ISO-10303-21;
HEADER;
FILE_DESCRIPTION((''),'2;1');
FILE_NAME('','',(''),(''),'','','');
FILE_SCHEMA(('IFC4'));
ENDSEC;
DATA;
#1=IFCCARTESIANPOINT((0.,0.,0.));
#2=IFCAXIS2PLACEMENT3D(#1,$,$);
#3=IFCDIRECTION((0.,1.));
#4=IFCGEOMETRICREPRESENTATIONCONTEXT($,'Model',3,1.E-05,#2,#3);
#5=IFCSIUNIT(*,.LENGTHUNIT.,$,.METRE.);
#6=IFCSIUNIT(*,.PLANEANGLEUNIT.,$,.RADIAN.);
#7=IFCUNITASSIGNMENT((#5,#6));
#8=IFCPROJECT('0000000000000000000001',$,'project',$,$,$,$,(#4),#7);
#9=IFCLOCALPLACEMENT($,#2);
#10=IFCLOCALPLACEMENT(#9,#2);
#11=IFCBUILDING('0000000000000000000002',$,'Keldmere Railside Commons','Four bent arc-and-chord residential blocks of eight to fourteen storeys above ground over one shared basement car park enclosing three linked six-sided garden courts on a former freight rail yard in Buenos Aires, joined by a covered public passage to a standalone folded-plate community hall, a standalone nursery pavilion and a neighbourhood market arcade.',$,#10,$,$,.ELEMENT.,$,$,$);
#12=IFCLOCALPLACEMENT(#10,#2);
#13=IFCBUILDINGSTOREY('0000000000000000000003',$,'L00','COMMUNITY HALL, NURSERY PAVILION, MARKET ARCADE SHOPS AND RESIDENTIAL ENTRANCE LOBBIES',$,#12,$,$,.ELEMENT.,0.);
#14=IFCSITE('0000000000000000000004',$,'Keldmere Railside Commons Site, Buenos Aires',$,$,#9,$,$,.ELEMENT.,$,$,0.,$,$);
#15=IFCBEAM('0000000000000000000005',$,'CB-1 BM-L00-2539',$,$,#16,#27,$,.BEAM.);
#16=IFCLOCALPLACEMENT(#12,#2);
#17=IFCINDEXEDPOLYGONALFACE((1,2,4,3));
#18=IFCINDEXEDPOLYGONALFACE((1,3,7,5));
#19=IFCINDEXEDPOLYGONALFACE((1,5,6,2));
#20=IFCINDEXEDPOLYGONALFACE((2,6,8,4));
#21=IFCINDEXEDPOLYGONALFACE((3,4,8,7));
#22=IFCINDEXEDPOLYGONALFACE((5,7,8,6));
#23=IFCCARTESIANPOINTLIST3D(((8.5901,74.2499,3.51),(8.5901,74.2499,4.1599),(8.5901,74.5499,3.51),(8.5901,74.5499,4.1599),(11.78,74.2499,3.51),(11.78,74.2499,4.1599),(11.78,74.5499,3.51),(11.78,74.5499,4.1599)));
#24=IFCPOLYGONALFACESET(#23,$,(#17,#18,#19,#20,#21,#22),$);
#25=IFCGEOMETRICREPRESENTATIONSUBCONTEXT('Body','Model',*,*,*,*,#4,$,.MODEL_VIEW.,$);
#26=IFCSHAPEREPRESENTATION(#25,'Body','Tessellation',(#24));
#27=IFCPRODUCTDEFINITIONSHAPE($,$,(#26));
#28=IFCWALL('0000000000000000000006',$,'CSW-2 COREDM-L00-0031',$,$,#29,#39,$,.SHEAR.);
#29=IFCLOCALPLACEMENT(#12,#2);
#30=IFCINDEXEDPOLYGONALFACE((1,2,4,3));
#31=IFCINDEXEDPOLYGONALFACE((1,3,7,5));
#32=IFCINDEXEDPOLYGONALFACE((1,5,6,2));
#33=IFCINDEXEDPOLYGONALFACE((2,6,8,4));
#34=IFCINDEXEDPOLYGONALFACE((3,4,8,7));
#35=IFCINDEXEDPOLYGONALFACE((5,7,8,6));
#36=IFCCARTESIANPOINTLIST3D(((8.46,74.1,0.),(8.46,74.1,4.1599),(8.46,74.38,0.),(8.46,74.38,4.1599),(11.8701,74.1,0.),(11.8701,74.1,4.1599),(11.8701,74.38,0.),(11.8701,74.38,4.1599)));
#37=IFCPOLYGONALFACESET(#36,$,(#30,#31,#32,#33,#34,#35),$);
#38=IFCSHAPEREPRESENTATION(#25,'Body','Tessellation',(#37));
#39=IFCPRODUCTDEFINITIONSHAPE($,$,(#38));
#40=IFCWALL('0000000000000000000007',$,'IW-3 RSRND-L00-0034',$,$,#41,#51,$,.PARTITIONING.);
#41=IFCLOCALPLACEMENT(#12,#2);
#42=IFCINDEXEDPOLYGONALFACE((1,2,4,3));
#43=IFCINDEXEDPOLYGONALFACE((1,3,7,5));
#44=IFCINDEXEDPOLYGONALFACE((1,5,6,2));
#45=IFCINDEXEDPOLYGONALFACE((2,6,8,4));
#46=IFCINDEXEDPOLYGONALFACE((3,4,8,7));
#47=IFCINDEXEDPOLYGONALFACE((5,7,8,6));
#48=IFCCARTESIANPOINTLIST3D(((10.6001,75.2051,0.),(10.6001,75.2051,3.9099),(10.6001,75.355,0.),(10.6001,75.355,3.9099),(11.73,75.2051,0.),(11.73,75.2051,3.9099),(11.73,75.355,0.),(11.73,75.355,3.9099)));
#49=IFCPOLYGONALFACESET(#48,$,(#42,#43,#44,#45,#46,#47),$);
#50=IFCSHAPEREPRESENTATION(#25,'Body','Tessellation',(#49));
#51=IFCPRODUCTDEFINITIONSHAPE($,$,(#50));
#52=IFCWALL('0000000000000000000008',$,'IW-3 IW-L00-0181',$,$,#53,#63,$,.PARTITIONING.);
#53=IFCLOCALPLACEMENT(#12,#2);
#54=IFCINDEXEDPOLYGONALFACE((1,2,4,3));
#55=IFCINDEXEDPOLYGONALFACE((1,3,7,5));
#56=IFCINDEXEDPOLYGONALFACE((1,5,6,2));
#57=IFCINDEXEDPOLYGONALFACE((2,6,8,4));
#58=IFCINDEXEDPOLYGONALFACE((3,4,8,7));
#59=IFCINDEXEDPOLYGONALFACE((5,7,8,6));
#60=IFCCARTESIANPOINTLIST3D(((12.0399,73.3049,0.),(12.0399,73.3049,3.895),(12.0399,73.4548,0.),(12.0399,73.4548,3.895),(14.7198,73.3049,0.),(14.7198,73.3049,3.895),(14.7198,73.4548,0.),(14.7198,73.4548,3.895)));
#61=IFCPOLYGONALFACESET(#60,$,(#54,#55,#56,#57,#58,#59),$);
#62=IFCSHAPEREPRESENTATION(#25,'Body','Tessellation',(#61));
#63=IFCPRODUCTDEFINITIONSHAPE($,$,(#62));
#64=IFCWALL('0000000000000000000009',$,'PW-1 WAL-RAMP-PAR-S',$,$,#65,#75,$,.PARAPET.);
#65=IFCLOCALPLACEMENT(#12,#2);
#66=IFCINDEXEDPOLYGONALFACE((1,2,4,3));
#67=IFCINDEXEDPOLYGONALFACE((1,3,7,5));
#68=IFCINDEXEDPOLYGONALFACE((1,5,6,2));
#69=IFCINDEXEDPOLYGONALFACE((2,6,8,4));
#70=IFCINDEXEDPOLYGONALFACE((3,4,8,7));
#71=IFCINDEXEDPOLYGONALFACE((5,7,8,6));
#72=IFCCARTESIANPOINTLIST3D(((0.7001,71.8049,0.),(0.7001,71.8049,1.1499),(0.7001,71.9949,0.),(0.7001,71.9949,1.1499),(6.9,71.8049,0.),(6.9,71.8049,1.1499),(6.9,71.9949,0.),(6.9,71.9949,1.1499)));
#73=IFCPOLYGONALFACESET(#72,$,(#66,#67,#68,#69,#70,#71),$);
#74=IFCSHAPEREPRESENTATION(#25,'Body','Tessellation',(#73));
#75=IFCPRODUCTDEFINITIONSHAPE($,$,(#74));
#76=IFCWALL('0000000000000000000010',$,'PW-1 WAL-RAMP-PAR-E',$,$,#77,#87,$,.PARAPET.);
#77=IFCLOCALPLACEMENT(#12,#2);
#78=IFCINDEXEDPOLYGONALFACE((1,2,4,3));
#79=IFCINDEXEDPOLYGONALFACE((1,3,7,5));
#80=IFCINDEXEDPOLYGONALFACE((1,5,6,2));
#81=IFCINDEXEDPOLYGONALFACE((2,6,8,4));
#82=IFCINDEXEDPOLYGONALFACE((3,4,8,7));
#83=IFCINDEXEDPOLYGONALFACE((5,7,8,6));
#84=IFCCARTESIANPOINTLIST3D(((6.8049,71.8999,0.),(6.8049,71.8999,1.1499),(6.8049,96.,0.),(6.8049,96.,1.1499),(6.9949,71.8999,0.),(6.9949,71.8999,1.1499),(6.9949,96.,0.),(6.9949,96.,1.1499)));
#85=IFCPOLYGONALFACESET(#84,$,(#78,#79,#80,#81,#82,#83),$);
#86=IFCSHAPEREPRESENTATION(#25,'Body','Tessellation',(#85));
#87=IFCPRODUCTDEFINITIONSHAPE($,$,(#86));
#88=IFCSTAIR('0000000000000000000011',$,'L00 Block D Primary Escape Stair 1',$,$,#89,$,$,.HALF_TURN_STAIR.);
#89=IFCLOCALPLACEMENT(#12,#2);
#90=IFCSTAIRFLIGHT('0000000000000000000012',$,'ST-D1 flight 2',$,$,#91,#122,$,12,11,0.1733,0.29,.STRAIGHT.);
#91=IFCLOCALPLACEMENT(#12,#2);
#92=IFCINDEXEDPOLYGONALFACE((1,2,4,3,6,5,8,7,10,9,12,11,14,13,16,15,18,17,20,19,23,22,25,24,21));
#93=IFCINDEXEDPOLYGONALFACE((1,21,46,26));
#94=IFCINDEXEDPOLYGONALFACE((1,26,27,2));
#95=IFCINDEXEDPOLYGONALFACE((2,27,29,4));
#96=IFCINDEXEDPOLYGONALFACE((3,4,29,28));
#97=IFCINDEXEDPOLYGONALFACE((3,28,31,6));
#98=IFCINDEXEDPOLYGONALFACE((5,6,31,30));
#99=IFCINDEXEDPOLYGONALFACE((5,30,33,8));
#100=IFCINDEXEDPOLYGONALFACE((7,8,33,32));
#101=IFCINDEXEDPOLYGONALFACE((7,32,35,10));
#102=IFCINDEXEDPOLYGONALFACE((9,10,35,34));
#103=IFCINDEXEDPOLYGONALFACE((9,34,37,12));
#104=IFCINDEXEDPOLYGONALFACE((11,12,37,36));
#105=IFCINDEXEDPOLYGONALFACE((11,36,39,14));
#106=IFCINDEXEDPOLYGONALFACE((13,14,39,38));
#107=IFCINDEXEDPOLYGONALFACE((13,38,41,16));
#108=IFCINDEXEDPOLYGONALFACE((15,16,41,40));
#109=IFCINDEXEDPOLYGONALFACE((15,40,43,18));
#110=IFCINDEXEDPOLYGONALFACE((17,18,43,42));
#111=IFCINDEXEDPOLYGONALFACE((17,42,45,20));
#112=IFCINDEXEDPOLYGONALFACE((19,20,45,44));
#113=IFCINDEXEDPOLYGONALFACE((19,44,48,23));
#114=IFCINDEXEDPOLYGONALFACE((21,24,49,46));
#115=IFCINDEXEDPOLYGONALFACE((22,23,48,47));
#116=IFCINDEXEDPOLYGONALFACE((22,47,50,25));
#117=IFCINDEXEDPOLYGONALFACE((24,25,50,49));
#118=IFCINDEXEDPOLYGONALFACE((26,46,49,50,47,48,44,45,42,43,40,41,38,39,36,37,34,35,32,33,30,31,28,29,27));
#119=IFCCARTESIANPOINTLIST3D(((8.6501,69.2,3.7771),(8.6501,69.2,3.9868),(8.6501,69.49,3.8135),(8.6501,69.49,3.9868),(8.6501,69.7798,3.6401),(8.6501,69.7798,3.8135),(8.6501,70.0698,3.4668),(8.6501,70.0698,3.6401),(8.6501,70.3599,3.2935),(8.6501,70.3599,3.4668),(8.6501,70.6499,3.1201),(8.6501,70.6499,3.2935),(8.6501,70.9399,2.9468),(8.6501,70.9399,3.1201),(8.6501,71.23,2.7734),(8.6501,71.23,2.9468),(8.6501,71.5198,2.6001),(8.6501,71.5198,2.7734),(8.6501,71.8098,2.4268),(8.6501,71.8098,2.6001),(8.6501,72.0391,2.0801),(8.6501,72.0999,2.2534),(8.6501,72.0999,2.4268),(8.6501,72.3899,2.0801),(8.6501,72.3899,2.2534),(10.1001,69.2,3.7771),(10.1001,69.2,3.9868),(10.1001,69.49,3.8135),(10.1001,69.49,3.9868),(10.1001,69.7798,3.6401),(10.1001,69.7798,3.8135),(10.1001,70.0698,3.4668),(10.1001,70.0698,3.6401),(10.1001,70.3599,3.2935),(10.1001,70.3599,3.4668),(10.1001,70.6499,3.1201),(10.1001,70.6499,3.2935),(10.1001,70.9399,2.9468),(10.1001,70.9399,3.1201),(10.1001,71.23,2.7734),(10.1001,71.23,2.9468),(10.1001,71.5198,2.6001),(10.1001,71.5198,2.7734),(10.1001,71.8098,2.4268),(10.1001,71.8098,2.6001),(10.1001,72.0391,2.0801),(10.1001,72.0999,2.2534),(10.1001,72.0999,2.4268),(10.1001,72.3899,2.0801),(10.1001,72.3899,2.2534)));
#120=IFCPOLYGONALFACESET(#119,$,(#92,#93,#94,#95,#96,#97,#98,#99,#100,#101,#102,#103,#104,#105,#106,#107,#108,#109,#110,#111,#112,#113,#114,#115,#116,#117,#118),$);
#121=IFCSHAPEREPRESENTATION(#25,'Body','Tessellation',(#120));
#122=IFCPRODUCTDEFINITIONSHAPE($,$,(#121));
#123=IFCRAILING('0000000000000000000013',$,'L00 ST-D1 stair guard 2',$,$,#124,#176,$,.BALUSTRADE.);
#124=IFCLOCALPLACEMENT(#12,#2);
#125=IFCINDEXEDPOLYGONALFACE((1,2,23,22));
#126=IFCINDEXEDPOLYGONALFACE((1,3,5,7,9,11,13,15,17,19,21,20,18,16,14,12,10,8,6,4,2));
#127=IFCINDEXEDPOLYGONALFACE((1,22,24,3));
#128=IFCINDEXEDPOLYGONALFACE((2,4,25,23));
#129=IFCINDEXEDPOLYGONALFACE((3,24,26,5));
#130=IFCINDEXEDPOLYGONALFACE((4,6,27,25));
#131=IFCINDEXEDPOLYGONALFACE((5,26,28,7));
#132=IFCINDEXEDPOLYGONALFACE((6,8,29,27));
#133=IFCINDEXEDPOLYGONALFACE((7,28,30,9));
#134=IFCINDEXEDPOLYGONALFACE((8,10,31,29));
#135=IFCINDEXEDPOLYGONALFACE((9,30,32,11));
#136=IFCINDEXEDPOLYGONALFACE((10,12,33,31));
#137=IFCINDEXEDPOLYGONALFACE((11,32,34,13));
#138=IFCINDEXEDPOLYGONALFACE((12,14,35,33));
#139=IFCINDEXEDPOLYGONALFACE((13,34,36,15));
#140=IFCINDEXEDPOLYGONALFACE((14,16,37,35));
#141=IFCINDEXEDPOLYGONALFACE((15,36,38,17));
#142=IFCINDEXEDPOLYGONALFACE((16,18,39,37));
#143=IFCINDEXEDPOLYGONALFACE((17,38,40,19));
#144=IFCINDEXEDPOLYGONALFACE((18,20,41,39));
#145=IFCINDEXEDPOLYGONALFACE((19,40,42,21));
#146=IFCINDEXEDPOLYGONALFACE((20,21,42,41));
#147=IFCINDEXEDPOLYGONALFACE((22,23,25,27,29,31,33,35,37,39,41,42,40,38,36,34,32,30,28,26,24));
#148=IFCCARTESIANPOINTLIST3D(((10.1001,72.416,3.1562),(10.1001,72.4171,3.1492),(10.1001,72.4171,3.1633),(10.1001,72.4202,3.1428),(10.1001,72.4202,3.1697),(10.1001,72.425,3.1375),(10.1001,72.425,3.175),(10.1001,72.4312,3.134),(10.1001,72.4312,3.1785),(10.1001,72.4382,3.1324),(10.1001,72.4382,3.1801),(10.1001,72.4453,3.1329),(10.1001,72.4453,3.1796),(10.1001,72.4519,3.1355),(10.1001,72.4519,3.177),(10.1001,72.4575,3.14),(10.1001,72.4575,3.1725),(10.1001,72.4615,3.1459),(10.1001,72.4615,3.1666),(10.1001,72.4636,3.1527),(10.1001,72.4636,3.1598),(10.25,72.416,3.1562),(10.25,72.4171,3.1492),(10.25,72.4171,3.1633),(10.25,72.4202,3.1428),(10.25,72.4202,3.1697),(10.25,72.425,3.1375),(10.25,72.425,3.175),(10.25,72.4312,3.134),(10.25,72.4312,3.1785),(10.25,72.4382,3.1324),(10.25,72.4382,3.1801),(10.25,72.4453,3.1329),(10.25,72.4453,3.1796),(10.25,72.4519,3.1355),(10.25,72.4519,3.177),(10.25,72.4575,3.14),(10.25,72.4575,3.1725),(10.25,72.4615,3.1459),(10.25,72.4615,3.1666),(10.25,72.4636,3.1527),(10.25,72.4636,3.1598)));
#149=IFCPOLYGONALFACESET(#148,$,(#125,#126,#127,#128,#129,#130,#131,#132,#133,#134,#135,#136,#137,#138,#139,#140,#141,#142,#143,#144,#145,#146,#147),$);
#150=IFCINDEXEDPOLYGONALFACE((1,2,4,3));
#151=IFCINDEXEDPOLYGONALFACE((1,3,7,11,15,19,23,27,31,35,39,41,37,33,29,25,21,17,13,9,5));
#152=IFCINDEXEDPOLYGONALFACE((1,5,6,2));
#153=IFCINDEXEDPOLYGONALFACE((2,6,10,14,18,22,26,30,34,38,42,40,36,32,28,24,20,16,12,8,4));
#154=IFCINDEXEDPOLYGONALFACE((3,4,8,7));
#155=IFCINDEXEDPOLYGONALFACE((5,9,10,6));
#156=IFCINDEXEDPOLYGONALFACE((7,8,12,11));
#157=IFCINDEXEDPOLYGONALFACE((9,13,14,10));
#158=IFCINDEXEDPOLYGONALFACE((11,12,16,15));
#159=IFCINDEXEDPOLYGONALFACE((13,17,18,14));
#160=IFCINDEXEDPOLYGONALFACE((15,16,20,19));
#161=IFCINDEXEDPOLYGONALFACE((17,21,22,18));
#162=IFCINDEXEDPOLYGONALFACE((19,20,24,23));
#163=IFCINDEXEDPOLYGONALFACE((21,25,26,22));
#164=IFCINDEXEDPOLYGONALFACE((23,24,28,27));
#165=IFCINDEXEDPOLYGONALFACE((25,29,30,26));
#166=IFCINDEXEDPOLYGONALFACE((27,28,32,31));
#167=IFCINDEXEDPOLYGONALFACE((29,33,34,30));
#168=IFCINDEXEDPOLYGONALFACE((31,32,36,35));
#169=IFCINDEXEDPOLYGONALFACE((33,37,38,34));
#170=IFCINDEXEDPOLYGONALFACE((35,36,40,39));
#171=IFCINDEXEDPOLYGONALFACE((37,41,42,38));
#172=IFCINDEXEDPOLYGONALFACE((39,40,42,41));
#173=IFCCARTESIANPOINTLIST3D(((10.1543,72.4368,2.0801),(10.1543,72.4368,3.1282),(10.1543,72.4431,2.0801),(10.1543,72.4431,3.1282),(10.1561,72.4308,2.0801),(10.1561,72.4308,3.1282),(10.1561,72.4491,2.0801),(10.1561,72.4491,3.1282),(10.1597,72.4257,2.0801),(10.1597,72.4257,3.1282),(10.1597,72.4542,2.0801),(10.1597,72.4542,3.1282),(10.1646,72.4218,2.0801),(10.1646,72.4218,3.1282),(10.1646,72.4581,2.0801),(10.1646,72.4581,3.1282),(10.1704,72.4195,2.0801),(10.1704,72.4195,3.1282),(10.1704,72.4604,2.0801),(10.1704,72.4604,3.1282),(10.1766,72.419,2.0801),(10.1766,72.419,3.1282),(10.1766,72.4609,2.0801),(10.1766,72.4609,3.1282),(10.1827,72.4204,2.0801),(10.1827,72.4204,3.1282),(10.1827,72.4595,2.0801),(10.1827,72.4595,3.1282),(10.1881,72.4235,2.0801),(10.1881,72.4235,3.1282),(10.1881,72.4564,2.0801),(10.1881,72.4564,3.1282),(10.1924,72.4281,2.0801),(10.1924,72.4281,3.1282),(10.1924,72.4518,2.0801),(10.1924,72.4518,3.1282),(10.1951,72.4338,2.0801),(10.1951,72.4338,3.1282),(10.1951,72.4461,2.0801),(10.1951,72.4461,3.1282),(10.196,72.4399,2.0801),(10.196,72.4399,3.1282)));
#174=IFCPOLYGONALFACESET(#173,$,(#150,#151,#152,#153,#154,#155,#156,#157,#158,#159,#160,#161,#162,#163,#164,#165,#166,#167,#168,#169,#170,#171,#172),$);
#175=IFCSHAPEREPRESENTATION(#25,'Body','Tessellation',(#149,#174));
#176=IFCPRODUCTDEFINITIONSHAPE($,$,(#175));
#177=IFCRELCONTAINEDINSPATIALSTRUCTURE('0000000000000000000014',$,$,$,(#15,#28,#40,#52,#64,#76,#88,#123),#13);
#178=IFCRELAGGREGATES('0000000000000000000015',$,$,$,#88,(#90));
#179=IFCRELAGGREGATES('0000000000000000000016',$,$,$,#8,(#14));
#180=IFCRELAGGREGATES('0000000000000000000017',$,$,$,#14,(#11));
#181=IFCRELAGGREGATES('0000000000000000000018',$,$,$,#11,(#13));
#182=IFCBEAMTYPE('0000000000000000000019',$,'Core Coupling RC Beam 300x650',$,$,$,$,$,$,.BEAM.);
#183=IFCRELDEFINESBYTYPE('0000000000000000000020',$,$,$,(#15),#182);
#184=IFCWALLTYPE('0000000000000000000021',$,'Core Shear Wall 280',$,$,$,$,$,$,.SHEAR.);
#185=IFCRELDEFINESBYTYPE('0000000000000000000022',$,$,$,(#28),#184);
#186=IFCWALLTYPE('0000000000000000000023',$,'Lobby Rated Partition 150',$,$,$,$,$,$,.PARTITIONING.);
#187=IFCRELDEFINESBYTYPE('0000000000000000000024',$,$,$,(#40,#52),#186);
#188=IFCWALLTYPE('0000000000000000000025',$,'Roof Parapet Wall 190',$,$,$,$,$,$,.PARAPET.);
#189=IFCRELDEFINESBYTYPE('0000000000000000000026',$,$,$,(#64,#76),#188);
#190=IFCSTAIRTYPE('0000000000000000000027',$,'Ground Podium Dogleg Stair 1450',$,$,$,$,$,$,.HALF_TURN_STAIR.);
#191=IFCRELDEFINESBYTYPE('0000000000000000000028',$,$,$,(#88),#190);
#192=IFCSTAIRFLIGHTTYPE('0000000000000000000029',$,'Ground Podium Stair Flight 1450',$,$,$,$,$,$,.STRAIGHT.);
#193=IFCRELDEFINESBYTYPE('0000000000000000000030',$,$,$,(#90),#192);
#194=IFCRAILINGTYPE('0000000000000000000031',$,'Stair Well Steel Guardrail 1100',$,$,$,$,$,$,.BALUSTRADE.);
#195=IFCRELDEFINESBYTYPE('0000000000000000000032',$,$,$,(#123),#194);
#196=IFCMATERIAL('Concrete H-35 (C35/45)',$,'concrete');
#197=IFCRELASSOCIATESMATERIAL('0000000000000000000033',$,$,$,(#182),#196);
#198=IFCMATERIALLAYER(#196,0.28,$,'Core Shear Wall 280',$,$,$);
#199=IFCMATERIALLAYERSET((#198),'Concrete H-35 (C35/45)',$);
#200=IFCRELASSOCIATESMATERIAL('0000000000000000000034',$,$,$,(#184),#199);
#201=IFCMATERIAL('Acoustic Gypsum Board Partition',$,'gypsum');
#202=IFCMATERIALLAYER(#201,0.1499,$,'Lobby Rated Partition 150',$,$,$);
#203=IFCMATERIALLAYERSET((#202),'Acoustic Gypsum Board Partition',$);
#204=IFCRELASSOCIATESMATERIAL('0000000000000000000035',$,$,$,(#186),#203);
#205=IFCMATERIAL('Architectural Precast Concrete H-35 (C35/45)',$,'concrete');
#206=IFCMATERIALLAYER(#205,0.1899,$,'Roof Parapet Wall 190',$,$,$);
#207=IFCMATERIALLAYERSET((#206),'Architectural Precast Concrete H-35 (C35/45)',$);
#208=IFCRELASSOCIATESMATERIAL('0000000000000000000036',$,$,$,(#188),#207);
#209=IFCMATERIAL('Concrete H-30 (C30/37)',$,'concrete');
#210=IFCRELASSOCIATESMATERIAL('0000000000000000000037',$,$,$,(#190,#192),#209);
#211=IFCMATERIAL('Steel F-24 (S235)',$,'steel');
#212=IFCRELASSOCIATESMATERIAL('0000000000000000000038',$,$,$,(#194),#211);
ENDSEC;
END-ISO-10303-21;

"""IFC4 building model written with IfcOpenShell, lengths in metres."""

from ifc_helpers import new_model, si_unit, direction, frame, frame_2d, origin, origin_2d, place, context, subcontext, project, spatial, polyline, rectangle, circle, outline, extrude, material, layer, layer_set, material_profile, profile_set, type_object, element, aggregate, save


model = new_model("IFC4")

# Units and contexts
model_context = context("Model", 3, precision=1e-05, world=origin(), true_north=direction((0.0, 1.0)))
body_context = subcontext(model_context, "Body", "Model", "MODEL_VIEW")
ifc_project = project(units=[si_unit("LENGTHUNIT", "METRE"), si_unit("PLANEANGLEUNIT", "RADIAN")], contexts=[model_context])

# Site, building, storey
site_placement = place(None, origin())
site = spatial("IfcSite", under=ifc_project, at=site_placement, Name="Keldmere Railside Commons Site, Buenos Aires", CompositionType="ELEMENT", RefElevation=0.0)
building_placement = place(site_placement, origin())
building = spatial("IfcBuilding", under=site, at=building_placement, Name="Keldmere Railside Commons", Description="Four bent arc-and-chord residential blocks of eight to fourteen storeys above ground over one shared basement car park enclosing three linked six-sided garden courts on a former freight rail yard in Buenos Aires, joined by a covered public passage to a standalone folded-plate community hall, a standalone nursery pavilion and a neighbourhood market arcade.", CompositionType="ELEMENT")
storey_placement = place(building_placement, origin())
storey = spatial("IfcBuildingStorey", under=building, at=storey_placement, Name="L00", Description="COMMUNITY HALL, NURSERY PAVILION, MARKET ARCADE SHOPS AND RESIDENTIAL ENTRANCE LOBBIES", CompositionType="ELEMENT", Elevation=0.0)

# Beam
ifc_material_1 = material(Name="Concrete H-35 (C35/45)", Category="concrete")
ifc_material_profile = material_profile(ifc_material_1, rectangle(XDim=0.3, YDim=0.6499, at=origin_2d()), Name="RC-300x650")
ifc_profile_set = profile_set([ifc_material_profile], Name="Concrete H-35 (C35/45)")
beam_type = type_object("IfcBeamType", Name="Core Coupling RC Beam 300x650", PredefinedType="BEAM", material=ifc_profile_set)
beam_placement = place(storey_placement, frame((8.5901, 74.3999, 3.835), z_axis=(1.0, 0.0, 0.0), x_axis=(0.0, 1.0, 0.0)))
element("IfcBeam", 1, at=beam_placement, inside=storey, type_object=beam_type, Name="CB-1 BM-L00-2539", PredefinedType="BEAM", context=body_context, shape_type="SweptSolid", body=[
    extrude(rectangle(XDim=0.3, YDim=0.6499, at=origin_2d()), origin(), (0.0, 0.0, 1.0), 3.1899),
])

# Wall
ifc_layer_1 = layer(ifc_material_1, 0.28, Name="Core Shear Wall 280")
ifc_layer_set_1 = layer_set([ifc_layer_1], Name="Concrete H-35 (C35/45)")
wall_type_1 = type_object("IfcWallType", Name="Core Shear Wall 280", PredefinedType="SHEAR", material=ifc_layer_set_1)
wall_1_placement = place(storey_placement, frame((8.46, 74.24, 0.0), z_axis=(0.0, 0.0, 1.0), x_axis=(1.0, 0.0, 0.0)))
element("IfcWall", 2, at=wall_1_placement, inside=storey, type_object=wall_type_1, Name="CSW-2 COREDM-L00-0031", PredefinedType="SHEAR", context=body_context, shape_type="SweptSolid", body=[
    extrude(rectangle(XDim=3.4102, YDim=0.28, at=frame_2d((1.7051, 0.0))), origin(), (0.0, 0.0, 1.0), 4.1599),
])

# Shared definitions
ifc_material_2 = material(Name="Steel F-24 (S235)", Category="steel")

# Walls
ifc_material_3 = material(Name="Acoustic Gypsum Board Partition", Category="gypsum")
ifc_layer_2 = layer(ifc_material_3, 0.1499, Name="Lobby Rated Partition 150")
ifc_layer_set_2 = layer_set([ifc_layer_2], Name="Acoustic Gypsum Board Partition")
wall_type_2 = type_object("IfcWallType", Name="Lobby Rated Partition 150", PredefinedType="PARTITIONING", material=ifc_layer_set_2)
wall_2_placement = place(storey_placement, frame((10.6001, 75.28, 0.0), z_axis=(0.0, 0.0, 1.0), x_axis=(1.0, 0.0, 0.0)))
element("IfcWall", 3, at=wall_2_placement, inside=storey, type_object=wall_type_2, Name="IW-3 RSRND-L00-0034", PredefinedType="PARTITIONING", context=body_context, shape_type="SweptSolid", body=[
    extrude(rectangle(XDim=1.1299, YDim=0.1499, at=frame_2d((0.5649, 0.0))), origin(), (0.0, 0.0, 1.0), 3.9099),
])
wall_3_placement = place(storey_placement, frame((12.04, 73.3799, 0.0), z_axis=(0.0, 0.0, 1.0), x_axis=(1.0, 0.0, 0.0)))
element("IfcWall", 4, at=wall_3_placement, inside=storey, type_object=wall_type_2, Name="IW-3 IW-L00-0181", PredefinedType="PARTITIONING", context=body_context, shape_type="SweptSolid", body=[
    extrude(rectangle(XDim=2.6799, YDim=0.1499, at=frame_2d((1.3398, 0.0))), origin(), (0.0, 0.0, 1.0), 3.895),
])
ifc_material_4 = material(Name="Architectural Precast Concrete H-35 (C35/45)", Category="concrete")
ifc_layer_3 = layer(ifc_material_4, 0.1899, Name="Roof Parapet Wall 190")
ifc_layer_set_3 = layer_set([ifc_layer_3], Name="Architectural Precast Concrete H-35 (C35/45)")
wall_type_3 = type_object("IfcWallType", Name="Roof Parapet Wall 190", PredefinedType="PARAPET", material=ifc_layer_set_3)
wall_4_placement = place(storey_placement, frame((0.7, 71.8999, 0.0), z_axis=(0.0, 0.0, 1.0), x_axis=(1.0, 0.0, 0.0)))
element("IfcWall", 5, at=wall_4_placement, inside=storey, type_object=wall_type_3, Name="PW-1 WAL-RAMP-PAR-S", PredefinedType="PARAPET", context=body_context, shape_type="SweptSolid", body=[
    extrude(rectangle(XDim=6.2, YDim=0.1899, at=frame_2d((3.1001, 0.0))), origin(), (0.0, 0.0, 1.0), 1.1499),
])
wall_5_placement = place(storey_placement, frame((6.8999, 71.8999, 0.0), z_axis=(0.0, 0.0, 1.0), x_axis=(0.0, 1.0, 0.0)))
element("IfcWall", 6, at=wall_5_placement, inside=storey, type_object=wall_type_3, Name="PW-1 WAL-RAMP-PAR-E", PredefinedType="PARAPET", context=body_context, shape_type="SweptSolid", body=[
    extrude(rectangle(XDim=24.1001, YDim=0.1899, at=frame_2d((12.05, 0.0))), origin(), (0.0, 0.0, 1.0), 1.1499),
])

# Stair, stair flight
ifc_material_5 = material(Name="Concrete H-30 (C30/37)", Category="concrete")
stair_type = type_object("IfcStairType", Name="Ground Podium Dogleg Stair 1450", PredefinedType="HALF_TURN_STAIR", material=ifc_material_5)
stair_placement = place(storey_placement, origin())
stair = element("IfcStair", 7, at=stair_placement, inside=storey, type_object=stair_type, Name="L00 Block D Primary Escape Stair 1", PredefinedType="HALF_TURN_STAIR")
stair_flight_type = type_object("IfcStairFlightType", Name="Ground Podium Stair Flight 1450", PredefinedType="STRAIGHT", material=ifc_material_5)
stair_flight_placement = place(storey_placement, frame((9.375, 72.3899, 2.0801), z_axis=(0.0, 0.0, 1.0), x_axis=(0.0, -1.0, 0.0)))
stair_flight = element("IfcStairFlight", 8, at=stair_flight_placement, type_object=stair_flight_type, Name="ST-D1 flight 2", NumberOfRisers=12, NumberOfTreads=11, PredefinedType="STRAIGHT", RiserHeight=0.1733, TreadLength=0.29, context=body_context, shape_type="SweptSolid", body=[
    extrude(outline(polyline([(0.0, 0.0), (0.0, 0.1733), (0.29, 0.1733), (0.29, 0.3467), (0.5801, 0.3467), (0.5801, 0.52), (0.8701, 0.52), (0.8701, 0.6934), (1.1599, 0.6934), (1.1599, 0.8667), (1.45, 0.8667), (1.45, 1.04), (1.74, 1.04), (1.74, 1.2134), (2.03, 1.2134), (2.03, 1.3867), (2.3201, 1.3867), (2.3201, 1.5601), (2.6101, 1.5601), (2.6101, 1.7334), (2.8999, 1.7334), (2.8999, 1.9067), (3.1899, 1.9067), (3.1899, 2.0801), (3.1899, 1.697), (0.3508, 0.0), (0.0, 0.0)])), frame((0.0, 0.7251, 0.0), z_axis=(0.0, -1.0, 0.0), x_axis=(1.0, 0.0, 0.0)), (0.0, 0.0, 1.0), 1.45),
])
aggregate(stair, [stair_flight])

# Railing
railing_type_1 = type_object("IfcRailingType", Name="Stair Well Steel Guardrail 1100", PredefinedType="BALUSTRADE", material=ifc_material_2)
railing_1_placement = place(storey_placement, frame((10.25, 72.4399, 2.0801)))
element("IfcRailing", 9, at=railing_1_placement, inside=storey, type_object=railing_type_1, Name="L00 ST-D1 stair guard 2", PredefinedType="BALUSTRADE", context=body_context, shape_type="SweptSolid", body=[
    extrude(circle(Radius=0.0239, at=origin_2d()), frame((0.0, 0.0, 1.0762), z_axis=(-1.0, 0.0, 0.0), x_axis=(0.0, -1.0, 0.0)), (0.0, 0.0, 1.0), 0.1499),
    extrude(circle(Radius=0.021, at=origin_2d()), frame((-0.075, 0.0, 0.0)), (0.0, 0.0, 1.0), 1.0481),
])

save(model, "model.ifc")
